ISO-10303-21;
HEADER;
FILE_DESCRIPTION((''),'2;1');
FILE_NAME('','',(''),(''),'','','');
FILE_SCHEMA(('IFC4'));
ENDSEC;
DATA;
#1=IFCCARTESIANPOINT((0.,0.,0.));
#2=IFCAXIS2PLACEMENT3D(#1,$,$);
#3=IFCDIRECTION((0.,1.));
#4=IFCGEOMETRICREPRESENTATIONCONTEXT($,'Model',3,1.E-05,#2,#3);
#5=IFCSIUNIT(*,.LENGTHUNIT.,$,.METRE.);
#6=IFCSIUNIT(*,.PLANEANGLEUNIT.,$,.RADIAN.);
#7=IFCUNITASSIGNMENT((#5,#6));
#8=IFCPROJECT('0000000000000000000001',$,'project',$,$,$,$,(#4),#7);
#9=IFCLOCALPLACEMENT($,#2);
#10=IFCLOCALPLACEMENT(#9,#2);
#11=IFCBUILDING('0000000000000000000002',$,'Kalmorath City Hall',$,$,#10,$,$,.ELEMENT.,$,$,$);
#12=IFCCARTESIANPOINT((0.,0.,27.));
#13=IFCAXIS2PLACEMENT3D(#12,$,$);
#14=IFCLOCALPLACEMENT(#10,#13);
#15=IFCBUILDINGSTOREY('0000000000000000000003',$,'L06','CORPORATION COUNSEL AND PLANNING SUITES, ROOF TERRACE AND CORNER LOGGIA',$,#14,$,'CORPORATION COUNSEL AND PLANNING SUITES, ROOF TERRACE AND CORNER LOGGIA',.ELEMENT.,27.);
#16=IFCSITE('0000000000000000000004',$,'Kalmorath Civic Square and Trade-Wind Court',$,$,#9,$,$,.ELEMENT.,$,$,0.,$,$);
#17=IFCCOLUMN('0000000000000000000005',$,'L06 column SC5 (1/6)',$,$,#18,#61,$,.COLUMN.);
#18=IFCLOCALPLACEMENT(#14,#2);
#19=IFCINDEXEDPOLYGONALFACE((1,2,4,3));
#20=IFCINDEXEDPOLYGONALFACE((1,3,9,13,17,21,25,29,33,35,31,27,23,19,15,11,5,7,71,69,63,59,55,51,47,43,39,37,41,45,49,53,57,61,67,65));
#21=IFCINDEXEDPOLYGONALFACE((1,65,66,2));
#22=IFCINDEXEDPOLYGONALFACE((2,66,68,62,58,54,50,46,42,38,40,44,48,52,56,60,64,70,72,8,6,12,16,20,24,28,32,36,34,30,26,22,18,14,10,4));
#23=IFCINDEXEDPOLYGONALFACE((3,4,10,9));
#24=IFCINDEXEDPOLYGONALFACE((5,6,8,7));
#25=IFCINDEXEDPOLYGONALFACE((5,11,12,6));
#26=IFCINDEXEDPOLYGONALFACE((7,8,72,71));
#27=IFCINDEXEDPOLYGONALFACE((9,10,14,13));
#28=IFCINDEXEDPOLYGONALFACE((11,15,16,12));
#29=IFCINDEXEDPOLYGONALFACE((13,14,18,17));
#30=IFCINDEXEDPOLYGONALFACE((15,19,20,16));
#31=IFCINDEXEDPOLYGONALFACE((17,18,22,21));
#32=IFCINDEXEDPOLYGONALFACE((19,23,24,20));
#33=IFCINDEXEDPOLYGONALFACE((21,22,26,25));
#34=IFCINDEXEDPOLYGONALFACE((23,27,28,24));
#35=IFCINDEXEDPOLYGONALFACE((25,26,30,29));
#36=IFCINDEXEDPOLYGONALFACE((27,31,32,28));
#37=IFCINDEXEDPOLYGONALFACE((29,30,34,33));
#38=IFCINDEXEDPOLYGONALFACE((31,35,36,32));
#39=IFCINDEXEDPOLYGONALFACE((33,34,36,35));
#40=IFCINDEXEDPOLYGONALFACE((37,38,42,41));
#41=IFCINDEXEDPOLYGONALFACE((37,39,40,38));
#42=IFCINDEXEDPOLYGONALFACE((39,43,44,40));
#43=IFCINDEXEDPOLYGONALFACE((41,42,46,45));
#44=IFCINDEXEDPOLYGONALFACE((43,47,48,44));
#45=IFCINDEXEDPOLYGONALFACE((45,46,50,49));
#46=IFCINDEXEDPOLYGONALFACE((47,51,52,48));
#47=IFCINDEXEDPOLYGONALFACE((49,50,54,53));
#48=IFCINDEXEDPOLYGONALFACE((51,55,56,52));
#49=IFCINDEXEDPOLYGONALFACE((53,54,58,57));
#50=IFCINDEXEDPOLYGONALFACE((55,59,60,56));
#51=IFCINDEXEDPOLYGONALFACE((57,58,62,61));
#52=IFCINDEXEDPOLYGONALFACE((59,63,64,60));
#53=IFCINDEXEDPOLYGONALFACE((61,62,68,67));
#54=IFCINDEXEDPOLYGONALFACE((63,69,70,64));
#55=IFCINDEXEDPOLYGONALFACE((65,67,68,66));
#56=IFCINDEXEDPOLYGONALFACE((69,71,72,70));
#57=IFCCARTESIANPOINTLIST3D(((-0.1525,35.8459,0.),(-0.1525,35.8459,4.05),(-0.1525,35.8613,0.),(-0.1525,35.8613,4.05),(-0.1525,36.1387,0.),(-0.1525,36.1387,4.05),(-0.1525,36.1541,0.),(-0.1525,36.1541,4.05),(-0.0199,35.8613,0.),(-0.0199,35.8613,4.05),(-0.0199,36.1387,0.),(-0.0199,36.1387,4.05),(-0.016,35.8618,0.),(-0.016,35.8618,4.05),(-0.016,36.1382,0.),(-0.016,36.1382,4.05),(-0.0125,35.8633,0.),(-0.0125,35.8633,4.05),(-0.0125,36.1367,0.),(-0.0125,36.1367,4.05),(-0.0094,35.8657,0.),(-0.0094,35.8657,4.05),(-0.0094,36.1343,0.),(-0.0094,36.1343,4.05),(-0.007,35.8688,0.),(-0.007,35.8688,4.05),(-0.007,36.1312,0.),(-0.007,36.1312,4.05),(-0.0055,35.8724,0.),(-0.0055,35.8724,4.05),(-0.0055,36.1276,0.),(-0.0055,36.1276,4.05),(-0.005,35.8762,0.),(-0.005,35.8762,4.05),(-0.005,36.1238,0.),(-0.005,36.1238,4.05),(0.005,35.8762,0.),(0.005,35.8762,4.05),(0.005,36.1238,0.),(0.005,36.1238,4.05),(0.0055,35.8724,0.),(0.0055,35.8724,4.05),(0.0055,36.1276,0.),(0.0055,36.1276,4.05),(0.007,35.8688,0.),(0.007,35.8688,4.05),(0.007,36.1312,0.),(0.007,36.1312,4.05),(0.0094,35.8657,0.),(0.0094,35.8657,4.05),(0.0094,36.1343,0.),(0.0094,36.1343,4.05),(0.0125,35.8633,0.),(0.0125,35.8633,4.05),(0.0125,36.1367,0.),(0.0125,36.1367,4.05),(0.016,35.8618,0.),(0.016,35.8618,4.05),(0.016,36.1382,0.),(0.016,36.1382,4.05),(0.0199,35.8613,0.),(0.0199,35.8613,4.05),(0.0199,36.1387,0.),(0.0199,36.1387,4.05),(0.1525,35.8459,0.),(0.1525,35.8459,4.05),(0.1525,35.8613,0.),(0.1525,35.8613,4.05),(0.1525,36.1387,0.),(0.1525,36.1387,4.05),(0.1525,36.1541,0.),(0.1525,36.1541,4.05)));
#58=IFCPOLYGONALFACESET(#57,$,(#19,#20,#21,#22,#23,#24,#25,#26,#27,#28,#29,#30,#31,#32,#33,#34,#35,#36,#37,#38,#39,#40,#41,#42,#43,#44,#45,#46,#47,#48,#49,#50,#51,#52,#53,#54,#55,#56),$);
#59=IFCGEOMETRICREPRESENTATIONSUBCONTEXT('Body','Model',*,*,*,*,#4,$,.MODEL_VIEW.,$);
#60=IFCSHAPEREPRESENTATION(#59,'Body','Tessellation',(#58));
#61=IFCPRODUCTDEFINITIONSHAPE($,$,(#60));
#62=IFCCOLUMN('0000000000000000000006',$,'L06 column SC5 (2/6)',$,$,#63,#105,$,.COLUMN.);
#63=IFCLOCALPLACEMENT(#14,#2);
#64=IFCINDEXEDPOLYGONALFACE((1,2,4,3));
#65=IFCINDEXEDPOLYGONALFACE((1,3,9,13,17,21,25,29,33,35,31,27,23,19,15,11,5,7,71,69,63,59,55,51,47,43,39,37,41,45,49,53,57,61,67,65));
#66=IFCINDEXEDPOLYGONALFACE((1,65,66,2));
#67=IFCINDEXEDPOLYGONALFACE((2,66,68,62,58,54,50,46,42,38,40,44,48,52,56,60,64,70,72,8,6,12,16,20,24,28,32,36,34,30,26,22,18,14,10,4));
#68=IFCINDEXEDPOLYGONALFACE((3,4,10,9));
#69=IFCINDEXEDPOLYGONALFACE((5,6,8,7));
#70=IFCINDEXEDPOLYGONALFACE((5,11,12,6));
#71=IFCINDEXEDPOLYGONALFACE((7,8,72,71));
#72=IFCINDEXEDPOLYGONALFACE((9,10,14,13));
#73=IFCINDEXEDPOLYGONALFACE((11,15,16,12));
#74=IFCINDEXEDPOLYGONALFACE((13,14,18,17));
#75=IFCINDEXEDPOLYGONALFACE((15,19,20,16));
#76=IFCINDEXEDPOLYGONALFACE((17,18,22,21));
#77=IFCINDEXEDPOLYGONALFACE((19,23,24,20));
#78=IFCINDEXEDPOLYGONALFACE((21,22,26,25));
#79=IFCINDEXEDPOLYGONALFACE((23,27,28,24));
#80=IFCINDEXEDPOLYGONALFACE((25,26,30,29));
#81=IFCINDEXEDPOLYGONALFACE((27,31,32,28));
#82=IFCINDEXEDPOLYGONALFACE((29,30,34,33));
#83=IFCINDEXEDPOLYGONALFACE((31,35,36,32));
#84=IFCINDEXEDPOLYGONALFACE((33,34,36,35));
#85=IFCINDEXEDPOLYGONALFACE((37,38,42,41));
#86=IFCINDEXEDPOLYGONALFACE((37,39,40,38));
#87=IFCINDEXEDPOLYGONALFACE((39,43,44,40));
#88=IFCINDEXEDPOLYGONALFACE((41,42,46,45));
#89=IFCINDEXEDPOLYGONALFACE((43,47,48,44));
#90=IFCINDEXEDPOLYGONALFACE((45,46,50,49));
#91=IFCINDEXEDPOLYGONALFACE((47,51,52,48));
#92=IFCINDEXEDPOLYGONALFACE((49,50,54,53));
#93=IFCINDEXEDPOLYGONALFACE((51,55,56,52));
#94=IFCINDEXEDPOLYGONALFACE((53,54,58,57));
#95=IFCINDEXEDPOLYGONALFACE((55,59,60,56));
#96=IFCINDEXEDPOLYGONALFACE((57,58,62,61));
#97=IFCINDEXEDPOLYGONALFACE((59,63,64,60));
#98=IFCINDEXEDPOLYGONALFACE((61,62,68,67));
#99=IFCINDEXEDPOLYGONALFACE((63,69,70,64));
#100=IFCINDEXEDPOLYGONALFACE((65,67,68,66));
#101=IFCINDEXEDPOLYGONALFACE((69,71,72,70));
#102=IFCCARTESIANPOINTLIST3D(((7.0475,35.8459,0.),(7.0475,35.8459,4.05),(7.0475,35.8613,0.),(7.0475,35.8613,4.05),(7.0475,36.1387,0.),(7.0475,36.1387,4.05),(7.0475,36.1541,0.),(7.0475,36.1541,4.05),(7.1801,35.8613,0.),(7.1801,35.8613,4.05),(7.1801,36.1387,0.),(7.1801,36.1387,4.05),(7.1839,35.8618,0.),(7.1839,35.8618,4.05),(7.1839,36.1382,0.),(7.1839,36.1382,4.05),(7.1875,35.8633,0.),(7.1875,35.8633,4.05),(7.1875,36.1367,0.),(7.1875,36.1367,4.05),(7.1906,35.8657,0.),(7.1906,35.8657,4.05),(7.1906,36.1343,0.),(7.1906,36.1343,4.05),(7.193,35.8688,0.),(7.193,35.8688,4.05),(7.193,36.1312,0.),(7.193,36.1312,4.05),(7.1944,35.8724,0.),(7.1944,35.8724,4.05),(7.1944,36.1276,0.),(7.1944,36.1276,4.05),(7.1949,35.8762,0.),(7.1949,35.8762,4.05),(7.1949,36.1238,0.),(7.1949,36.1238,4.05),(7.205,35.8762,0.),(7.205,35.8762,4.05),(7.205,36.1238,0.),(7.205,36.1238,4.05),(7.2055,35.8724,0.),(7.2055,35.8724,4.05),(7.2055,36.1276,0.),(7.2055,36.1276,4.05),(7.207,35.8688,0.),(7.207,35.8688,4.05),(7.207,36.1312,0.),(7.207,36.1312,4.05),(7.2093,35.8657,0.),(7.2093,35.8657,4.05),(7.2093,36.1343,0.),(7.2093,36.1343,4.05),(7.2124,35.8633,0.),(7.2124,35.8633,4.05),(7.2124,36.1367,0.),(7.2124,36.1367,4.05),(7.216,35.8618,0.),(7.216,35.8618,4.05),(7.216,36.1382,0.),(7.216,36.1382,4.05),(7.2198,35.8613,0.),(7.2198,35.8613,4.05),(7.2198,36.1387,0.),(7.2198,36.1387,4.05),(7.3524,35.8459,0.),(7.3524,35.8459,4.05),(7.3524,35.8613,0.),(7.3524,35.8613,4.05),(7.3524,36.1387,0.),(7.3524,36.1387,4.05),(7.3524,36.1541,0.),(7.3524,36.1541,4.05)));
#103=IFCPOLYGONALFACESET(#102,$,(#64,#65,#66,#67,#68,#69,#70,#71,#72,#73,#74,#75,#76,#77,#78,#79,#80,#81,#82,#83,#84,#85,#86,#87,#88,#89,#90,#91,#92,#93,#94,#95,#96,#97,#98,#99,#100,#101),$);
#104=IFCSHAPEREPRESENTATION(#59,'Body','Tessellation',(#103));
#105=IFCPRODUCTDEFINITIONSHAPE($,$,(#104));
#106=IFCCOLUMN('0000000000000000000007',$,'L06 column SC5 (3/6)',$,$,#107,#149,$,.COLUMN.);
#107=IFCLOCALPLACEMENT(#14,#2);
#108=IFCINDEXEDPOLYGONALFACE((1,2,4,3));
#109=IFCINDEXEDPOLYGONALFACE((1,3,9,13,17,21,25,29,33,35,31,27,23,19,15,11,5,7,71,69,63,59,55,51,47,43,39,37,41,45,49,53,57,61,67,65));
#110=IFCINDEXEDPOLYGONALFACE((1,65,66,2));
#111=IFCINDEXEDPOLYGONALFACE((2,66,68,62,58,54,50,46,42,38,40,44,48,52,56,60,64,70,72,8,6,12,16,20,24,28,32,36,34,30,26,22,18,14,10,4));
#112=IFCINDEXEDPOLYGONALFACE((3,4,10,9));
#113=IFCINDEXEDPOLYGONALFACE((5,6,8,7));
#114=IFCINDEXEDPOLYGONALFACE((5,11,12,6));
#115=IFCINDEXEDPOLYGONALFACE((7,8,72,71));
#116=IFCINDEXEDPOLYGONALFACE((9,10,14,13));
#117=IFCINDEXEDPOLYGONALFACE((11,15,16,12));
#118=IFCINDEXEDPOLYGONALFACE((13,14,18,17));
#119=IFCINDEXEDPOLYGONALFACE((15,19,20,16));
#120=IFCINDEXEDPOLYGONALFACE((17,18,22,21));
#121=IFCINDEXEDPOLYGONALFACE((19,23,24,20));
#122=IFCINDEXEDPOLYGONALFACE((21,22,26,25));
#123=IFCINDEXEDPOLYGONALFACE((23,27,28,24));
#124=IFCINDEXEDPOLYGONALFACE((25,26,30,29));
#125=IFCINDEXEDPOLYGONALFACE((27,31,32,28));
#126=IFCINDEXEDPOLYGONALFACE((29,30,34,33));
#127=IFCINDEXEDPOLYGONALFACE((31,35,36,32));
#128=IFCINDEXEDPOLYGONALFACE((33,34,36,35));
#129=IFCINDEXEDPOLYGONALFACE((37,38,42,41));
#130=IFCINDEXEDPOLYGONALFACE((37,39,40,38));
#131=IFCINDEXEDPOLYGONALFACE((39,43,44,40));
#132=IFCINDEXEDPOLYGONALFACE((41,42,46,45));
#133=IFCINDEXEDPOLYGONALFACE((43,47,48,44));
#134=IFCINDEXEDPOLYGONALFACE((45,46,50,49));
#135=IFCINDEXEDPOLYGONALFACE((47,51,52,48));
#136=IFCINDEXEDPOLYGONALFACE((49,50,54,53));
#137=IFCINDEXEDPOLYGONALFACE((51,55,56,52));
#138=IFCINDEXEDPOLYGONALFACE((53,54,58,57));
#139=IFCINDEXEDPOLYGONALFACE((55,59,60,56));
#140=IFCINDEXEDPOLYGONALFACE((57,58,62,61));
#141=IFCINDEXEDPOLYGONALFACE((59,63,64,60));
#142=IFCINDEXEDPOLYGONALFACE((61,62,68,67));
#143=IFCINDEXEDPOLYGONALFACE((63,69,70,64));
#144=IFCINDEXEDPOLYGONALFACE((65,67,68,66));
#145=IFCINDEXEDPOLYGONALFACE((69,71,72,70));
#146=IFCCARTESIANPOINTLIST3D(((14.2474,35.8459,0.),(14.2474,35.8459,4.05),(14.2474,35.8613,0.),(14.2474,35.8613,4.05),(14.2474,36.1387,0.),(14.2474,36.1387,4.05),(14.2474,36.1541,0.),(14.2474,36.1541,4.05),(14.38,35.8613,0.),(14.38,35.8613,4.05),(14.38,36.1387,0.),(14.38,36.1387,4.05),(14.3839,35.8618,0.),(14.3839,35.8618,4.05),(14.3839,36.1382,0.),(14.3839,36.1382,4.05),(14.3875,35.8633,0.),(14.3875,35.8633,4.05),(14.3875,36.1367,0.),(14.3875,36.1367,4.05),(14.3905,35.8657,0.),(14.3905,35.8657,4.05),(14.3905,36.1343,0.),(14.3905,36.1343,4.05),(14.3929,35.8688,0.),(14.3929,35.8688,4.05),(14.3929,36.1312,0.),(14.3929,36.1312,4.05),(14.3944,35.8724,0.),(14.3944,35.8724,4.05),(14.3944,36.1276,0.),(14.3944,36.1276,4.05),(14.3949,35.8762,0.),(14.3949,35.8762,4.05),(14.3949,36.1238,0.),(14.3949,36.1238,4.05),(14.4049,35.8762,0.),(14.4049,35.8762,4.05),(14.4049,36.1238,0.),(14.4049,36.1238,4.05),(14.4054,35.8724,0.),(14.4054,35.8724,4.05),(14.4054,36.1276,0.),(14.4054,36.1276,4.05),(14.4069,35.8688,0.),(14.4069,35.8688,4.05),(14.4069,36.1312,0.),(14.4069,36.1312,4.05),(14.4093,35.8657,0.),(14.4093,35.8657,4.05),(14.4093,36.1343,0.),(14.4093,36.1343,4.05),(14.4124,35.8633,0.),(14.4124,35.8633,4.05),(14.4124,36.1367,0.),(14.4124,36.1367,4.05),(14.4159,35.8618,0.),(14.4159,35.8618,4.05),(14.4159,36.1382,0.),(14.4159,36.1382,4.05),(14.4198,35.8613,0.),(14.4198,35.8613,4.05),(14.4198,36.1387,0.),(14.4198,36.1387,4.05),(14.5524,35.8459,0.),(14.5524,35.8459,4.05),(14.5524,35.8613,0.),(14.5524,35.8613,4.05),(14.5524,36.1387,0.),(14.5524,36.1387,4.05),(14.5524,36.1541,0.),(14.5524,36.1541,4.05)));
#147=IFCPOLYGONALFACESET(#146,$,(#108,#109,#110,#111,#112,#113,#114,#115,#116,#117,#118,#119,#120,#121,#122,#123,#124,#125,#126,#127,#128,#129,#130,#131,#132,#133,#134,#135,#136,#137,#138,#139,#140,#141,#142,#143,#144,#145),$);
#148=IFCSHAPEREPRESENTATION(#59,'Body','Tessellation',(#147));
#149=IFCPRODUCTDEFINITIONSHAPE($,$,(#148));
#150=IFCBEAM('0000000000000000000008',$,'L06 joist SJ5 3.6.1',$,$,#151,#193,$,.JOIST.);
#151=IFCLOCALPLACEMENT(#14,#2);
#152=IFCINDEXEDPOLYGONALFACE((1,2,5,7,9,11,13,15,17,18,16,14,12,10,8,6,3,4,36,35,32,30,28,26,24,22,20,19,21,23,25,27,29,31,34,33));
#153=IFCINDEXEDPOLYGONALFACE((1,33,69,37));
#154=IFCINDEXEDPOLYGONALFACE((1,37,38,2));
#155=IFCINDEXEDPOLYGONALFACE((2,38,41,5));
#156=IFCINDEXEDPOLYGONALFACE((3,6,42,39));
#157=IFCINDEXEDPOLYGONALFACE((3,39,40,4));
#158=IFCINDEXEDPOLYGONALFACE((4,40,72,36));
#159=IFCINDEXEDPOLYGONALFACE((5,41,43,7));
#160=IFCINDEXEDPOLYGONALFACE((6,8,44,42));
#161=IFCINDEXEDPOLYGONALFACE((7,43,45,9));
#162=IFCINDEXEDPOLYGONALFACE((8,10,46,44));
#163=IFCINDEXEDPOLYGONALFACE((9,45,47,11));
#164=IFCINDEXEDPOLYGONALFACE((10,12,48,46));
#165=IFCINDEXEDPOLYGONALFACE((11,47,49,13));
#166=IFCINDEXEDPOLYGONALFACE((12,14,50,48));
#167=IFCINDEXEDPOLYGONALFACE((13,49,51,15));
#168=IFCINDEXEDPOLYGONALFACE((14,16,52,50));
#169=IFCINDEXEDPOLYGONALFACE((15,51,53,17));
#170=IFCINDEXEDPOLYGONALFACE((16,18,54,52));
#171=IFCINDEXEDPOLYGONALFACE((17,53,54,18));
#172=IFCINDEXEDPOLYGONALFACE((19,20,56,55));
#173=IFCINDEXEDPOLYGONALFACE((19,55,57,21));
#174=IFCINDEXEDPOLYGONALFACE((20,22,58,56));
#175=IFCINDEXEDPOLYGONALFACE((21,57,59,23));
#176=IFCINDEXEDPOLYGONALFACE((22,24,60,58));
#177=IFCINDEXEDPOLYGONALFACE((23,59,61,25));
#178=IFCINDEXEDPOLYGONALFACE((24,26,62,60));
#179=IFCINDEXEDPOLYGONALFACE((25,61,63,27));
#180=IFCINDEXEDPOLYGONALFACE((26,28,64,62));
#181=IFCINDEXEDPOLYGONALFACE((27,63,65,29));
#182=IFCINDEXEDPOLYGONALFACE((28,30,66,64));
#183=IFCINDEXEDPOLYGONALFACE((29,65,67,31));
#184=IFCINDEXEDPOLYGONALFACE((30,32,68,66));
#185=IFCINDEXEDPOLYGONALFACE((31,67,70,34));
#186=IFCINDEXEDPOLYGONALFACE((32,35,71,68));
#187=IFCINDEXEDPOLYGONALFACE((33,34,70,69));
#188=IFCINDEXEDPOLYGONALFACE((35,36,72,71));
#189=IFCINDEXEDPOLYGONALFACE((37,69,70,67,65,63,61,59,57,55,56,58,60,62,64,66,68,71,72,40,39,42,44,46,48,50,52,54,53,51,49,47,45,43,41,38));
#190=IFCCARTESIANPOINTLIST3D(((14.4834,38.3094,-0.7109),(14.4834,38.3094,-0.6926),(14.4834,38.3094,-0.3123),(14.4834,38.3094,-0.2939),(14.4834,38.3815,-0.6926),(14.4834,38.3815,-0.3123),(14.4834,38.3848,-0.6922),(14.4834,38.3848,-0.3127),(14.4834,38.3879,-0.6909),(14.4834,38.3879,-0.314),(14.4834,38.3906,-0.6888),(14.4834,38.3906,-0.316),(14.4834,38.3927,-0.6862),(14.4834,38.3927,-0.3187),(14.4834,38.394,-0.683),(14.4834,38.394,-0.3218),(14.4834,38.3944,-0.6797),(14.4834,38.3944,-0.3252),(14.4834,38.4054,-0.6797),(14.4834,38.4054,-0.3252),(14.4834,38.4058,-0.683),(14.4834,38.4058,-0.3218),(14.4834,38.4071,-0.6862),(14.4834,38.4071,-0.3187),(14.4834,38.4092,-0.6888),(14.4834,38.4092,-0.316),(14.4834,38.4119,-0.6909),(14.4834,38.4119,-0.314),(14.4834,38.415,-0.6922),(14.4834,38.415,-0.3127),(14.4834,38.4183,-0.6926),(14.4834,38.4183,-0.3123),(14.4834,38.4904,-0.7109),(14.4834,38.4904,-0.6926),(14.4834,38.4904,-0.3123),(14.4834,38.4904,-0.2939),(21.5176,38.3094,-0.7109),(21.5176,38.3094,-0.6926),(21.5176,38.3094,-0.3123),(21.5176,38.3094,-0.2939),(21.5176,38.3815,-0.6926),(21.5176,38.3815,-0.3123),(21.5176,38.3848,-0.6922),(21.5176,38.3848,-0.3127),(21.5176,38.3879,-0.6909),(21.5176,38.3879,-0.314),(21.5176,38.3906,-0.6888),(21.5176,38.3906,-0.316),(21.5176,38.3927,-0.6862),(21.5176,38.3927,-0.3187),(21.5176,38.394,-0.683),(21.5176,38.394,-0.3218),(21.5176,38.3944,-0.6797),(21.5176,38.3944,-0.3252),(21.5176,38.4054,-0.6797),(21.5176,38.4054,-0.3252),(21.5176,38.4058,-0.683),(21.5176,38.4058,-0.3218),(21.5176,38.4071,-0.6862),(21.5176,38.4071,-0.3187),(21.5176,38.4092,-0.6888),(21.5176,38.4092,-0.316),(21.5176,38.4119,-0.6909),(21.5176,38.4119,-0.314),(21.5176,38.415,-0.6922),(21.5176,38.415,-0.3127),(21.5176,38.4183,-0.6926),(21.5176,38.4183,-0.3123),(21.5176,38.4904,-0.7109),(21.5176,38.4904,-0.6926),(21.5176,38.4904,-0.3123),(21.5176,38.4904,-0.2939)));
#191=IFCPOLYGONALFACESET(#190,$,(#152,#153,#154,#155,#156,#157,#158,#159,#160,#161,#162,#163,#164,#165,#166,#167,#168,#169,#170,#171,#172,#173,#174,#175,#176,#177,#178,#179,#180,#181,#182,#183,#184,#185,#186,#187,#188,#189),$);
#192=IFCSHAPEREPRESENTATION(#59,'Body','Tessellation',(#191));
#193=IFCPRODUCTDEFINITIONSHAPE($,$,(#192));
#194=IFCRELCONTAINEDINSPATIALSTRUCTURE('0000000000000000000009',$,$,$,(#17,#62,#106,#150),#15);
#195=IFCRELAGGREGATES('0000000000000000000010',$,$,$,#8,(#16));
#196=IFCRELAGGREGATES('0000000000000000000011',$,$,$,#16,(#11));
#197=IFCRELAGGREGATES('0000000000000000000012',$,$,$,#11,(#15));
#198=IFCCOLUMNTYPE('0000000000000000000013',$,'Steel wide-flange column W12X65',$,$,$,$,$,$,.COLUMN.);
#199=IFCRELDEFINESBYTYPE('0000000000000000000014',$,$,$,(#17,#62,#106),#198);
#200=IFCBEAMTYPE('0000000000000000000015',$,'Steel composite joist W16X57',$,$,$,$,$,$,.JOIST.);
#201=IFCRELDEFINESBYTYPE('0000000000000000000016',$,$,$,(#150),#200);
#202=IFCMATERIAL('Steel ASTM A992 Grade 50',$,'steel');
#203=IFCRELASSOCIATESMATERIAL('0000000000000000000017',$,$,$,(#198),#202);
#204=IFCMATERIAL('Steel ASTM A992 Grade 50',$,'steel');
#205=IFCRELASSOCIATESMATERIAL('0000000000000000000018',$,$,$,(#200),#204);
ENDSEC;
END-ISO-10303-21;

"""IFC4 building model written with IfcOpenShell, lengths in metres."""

from ifc_helpers import new_model, si_unit, direction, frame, origin, origin_2d, place, context, subcontext, project, spatial, i_section, extrude, material, material_profile, profile_set, type_object, element, save


model = new_model("IFC4")

# Units and contexts
model_context = context("Model", 3, precision=1e-05, world=origin(), true_north=direction((0.0, 1.0)))
body_context = subcontext(model_context, "Body", "Model", "MODEL_VIEW")
ifc_project = project(units=[si_unit("LENGTHUNIT", "METRE"), si_unit("PLANEANGLEUNIT", "RADIAN")], contexts=[model_context])

# Site, building, storey
site_placement = place(None, origin())
site = spatial("IfcSite", under=ifc_project, at=site_placement, Name="Kalmorath Civic Square and Trade-Wind Court", CompositionType="ELEMENT", RefElevation=0.0)
building_placement = place(site_placement, origin())
building = spatial("IfcBuilding", under=site, at=building_placement, Name="Kalmorath City Hall", CompositionType="ELEMENT")
storey_placement = place(building_placement, frame((0.0, 0.0, 27.0)))
storey = spatial("IfcBuildingStorey", under=building, at=storey_placement, Name="L06", Description="CORPORATION COUNSEL AND PLANNING SUITES, ROOF TERRACE AND CORNER LOGGIA", LongName="CORPORATION COUNSEL AND PLANNING SUITES, ROOF TERRACE AND CORNER LOGGIA", CompositionType="ELEMENT", Elevation=27.0)

# Columns
ifc_material_1 = material(Name="Steel ASTM A992 Grade 50", Category="steel")
ifc_material_profile_1 = material_profile(ifc_material_1, i_section(OverallWidth=0.3049, OverallDepth=0.3081, WebThickness=0.01, FlangeThickness=0.0154, FilletRadius=0.0149, at=origin_2d()), Name="W12X65")
ifc_profile_set_1 = profile_set([ifc_material_profile_1], Name="Steel ASTM A992 Grade 50")
column_type = type_object("IfcColumnType", Name="Steel wide-flange column W12X65", PredefinedType="COLUMN", material=ifc_profile_set_1)
for number, where, z_axis, x_axis, name in (
    (1, (0.0, 36.0, 0.0), (0.0, 0.0, 1.0), (1.0, 0.0, 0.0), "L06 column SC5 (1/6)"),
    (2, (7.2, 36.0, 0.0), (0.0, 0.0, 1.0), (1.0, 0.0, 0.0), "L06 column SC5 (2/6)"),
    (3, (14.3999, 36.0, 0.0), (0.0, 0.0, 1.0), (1.0, 0.0, 0.0), "L06 column SC5 (3/6)"),
):
    element("IfcColumn", number, at=place(storey_placement, frame(where, z_axis=z_axis, x_axis=x_axis)), inside=storey, type_object=column_type, Name=name, PredefinedType="COLUMN", context=body_context, shape_type="SweptSolid", body=[
        extrude(i_section(OverallWidth=0.3049, OverallDepth=0.3081, WebThickness=0.01, FlangeThickness=0.0154, FilletRadius=0.0149, at=origin_2d()), origin(), (0.0, 0.0, 1.0), 4.05),
    ])

# Beam
ifc_material_2 = material(Name="Steel ASTM A992 Grade 50", Category="steel")
ifc_material_profile_2 = material_profile(ifc_material_2, i_section(OverallWidth=0.1809, OverallDepth=0.417, WebThickness=0.011, FlangeThickness=0.0183, FilletRadius=0.0129, at=origin_2d()), Name="W16X57")
ifc_profile_set_2 = profile_set([ifc_material_profile_2], Name="Steel ASTM A992 Grade 50")
beam_type_1 = type_object("IfcBeamType", Name="Steel composite joist W16X57", PredefinedType="JOIST", material=ifc_profile_set_2)
beam_1_placement = place(storey_placement, frame((14.4834, 38.3999, -0.5024), z_axis=(1.0, 0.0, 0.0), x_axis=(0.0, 1.0, 0.0)))
element("IfcBeam", 4, at=beam_1_placement, inside=storey, type_object=beam_type_1, Name="L06 joist SJ5 3.6.1", PredefinedType="JOIST", context=body_context, shape_type="SweptSolid", body=[
    extrude(i_section(OverallWidth=0.1809, OverallDepth=0.417, WebThickness=0.011, FlangeThickness=0.0183, FilletRadius=0.0129, at=origin_2d()), origin(), (0.0, 0.0, 1.0), 7.0342),
])

save(model, "model.ifc")
